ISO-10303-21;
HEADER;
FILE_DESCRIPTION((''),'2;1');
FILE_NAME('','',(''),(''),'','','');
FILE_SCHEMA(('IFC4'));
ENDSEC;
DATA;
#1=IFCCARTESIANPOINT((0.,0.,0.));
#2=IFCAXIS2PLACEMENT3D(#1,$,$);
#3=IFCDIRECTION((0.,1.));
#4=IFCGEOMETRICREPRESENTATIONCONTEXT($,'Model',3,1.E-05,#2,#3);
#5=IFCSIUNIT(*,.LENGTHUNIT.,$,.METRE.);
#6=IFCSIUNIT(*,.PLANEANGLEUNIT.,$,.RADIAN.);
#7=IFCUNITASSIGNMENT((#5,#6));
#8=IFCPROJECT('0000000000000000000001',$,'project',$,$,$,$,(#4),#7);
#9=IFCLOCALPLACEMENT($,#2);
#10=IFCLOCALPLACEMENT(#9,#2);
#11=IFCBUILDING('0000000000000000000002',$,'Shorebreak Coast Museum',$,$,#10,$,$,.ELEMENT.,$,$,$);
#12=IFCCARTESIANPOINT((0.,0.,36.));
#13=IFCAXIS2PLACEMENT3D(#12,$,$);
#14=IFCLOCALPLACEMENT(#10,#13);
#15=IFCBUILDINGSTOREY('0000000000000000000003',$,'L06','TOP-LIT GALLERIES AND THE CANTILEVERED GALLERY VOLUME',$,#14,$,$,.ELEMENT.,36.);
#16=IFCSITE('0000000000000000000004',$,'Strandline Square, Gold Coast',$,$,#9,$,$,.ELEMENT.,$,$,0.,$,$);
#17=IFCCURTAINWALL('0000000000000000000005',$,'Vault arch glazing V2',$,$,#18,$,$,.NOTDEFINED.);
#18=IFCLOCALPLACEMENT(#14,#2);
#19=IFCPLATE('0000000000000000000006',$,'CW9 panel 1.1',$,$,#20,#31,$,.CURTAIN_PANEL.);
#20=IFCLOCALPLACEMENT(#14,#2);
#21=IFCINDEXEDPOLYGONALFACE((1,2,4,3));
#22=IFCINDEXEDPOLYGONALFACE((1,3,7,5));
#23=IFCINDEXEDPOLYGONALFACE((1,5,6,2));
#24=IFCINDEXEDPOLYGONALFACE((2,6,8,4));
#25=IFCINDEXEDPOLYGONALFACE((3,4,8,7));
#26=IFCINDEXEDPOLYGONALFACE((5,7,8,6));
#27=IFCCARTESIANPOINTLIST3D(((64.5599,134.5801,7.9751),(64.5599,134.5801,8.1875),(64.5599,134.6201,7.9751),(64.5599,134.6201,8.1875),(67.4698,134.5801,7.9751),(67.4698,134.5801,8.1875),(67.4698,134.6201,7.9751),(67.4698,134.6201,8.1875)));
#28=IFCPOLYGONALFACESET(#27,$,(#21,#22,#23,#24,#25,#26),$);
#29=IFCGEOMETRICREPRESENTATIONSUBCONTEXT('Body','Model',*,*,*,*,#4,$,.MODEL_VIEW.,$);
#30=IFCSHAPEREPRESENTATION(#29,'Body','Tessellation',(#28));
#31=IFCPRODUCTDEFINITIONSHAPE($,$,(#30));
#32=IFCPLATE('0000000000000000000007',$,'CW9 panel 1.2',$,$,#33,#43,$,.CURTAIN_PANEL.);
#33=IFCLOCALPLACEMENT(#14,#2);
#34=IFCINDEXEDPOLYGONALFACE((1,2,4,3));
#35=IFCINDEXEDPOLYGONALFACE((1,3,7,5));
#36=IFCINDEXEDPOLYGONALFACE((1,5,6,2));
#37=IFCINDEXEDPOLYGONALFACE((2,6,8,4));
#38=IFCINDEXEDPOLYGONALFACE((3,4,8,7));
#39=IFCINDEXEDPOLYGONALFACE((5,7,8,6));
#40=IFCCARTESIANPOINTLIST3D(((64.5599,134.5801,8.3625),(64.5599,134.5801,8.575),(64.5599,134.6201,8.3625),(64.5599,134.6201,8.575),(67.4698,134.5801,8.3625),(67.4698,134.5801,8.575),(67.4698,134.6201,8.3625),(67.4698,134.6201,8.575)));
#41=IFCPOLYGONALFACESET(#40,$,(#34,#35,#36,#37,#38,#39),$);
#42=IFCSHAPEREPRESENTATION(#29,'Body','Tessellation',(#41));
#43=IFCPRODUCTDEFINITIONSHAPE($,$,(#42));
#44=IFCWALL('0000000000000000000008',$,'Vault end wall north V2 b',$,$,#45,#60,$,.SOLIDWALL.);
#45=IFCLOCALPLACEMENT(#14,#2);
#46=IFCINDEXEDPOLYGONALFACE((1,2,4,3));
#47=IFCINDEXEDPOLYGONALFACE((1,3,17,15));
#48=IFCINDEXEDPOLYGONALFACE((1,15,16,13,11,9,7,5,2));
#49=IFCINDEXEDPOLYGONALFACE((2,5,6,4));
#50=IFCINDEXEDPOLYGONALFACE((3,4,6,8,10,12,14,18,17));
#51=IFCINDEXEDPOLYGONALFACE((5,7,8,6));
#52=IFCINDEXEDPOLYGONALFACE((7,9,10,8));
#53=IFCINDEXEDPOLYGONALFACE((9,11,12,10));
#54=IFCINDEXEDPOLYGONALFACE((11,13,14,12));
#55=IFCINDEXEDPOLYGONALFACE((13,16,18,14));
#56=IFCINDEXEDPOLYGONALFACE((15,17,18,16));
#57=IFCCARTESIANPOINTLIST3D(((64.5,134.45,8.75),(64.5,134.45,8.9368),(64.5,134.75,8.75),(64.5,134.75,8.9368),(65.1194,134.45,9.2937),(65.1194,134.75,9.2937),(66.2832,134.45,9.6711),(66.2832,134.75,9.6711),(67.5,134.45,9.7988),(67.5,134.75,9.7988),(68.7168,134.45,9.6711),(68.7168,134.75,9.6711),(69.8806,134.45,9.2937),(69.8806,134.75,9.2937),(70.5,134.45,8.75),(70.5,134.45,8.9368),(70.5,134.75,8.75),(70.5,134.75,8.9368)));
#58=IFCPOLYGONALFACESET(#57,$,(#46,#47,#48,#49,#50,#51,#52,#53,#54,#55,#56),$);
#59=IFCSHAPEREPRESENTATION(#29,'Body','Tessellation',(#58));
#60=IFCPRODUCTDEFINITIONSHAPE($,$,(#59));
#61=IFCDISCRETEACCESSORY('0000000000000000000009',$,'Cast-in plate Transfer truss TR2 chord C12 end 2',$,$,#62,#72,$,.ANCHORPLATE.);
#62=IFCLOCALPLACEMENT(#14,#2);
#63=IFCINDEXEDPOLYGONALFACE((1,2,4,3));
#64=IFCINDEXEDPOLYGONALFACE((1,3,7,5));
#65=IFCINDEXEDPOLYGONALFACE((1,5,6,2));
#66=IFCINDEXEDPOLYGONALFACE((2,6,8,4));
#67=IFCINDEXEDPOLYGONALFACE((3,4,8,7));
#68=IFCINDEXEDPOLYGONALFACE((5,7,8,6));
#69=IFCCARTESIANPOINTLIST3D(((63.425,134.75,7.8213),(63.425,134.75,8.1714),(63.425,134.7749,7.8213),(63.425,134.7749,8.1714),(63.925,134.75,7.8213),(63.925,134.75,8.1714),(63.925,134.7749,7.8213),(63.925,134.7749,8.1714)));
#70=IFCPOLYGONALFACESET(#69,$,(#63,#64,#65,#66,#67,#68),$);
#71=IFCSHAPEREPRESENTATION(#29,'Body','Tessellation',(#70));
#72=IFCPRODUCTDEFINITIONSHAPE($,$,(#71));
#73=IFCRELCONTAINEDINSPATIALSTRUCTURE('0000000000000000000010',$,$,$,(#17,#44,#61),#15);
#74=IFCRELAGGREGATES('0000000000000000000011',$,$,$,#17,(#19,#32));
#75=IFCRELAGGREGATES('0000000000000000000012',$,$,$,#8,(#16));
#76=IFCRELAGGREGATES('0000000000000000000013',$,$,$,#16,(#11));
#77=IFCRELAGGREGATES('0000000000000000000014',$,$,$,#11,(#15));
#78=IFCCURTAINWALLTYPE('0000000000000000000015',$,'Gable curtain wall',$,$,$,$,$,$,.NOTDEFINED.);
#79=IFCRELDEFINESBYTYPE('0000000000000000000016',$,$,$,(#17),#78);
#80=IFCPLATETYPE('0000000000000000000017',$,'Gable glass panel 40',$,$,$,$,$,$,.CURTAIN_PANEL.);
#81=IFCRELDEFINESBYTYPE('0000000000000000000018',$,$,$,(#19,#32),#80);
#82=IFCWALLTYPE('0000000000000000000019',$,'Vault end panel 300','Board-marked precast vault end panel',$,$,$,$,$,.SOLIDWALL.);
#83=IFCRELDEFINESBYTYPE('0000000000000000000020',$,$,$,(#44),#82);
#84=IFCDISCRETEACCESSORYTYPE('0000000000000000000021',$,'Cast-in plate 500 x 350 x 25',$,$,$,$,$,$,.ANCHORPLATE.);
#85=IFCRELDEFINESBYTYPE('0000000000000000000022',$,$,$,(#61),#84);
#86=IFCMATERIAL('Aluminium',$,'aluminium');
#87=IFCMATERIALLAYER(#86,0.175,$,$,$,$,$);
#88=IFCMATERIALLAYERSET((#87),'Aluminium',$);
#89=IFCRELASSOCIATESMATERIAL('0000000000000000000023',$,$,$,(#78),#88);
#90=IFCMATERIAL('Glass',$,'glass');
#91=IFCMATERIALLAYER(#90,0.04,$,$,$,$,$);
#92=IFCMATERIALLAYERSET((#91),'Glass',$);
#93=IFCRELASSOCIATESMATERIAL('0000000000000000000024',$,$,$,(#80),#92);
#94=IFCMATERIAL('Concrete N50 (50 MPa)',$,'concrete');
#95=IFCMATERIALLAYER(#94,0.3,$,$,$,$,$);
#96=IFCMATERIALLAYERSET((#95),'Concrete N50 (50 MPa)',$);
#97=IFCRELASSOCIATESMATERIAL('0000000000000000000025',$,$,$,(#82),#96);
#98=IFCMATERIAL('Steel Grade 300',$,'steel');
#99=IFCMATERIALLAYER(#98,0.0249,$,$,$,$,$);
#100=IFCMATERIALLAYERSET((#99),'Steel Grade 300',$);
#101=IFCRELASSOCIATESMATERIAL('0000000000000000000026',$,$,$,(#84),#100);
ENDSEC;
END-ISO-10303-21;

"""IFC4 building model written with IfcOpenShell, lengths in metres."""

from ifc_helpers import new_model, si_unit, direction, frame, origin, origin_2d, place, context, subcontext, project, spatial, polyline, rectangle, outline, extrude, material, layer, layer_set, type_object, element, aggregate, save


model = new_model("IFC4")

# Units and contexts
model_context = context("Model", 3, precision=1e-05, world=origin(), true_north=direction((0.0, 1.0)))
body_context = subcontext(model_context, "Body", "Model", "MODEL_VIEW")
ifc_project = project(units=[si_unit("LENGTHUNIT", "METRE"), si_unit("PLANEANGLEUNIT", "RADIAN")], contexts=[model_context])

# Site, building, storey
site_placement = place(None, origin())
site = spatial("IfcSite", under=ifc_project, at=site_placement, Name="Strandline Square, Gold Coast", CompositionType="ELEMENT", RefElevation=0.0)
building_placement = place(site_placement, origin())
building = spatial("IfcBuilding", under=site, at=building_placement, Name="Shorebreak Coast Museum", CompositionType="ELEMENT")
storey_placement = place(building_placement, frame((0.0, 0.0, 36.0)))
storey = spatial("IfcBuildingStorey", under=building, at=storey_placement, Name="L06", Description="TOP-LIT GALLERIES AND THE CANTILEVERED GALLERY VOLUME", CompositionType="ELEMENT", Elevation=36.0)

# Curtain wall
ifc_material_1 = material(Name="Aluminium", Category="aluminium")
ifc_layer_1 = layer(ifc_material_1, 0.175)
ifc_layer_set_1 = layer_set([ifc_layer_1], Name="Aluminium")
curtain_wall_type_1 = type_object("IfcCurtainWallType", Name="Gable curtain wall", PredefinedType="NOTDEFINED", material=ifc_layer_set_1)
curtain_wall_1_placement = place(storey_placement, origin())
curtain_wall_1 = element("IfcCurtainWall", 1, at=curtain_wall_1_placement, inside=storey, type_object=curtain_wall_type_1, Name="Vault arch glazing V2", PredefinedType="NOTDEFINED")

# Plates
ifc_material_2 = material(Name="Glass", Category="glass")
ifc_layer_2 = layer(ifc_material_2, 0.04)
ifc_layer_set_2 = layer_set([ifc_layer_2], Name="Glass")
plate_type = type_object("IfcPlateType", Name="Gable glass panel 40", PredefinedType="CURTAIN_PANEL", material=ifc_layer_set_2)
plate_1_placement = place(storey_placement, frame((66.0149, 134.6001, 7.9751), z_axis=(0.0, 0.0, 1.0), x_axis=(1.0, 0.0, 0.0)))
plate_1 = element("IfcPlate", 2, at=plate_1_placement, type_object=plate_type, Name="CW9 panel 1.1", PredefinedType="CURTAIN_PANEL", context=body_context, shape_type="SweptSolid", body=[
    extrude(rectangle(XDim=2.9099, YDim=0.04, at=origin_2d()), origin(), (0.0, 0.0, 1.0), 0.2124),
])
plate_2_placement = place(storey_placement, frame((66.0149, 134.6001, 8.3625), z_axis=(0.0, 0.0, 1.0), x_axis=(1.0, 0.0, 0.0)))
plate_2 = element("IfcPlate", 3, at=plate_2_placement, type_object=plate_type, Name="CW9 panel 1.2", PredefinedType="CURTAIN_PANEL", context=body_context, shape_type="SweptSolid", body=[
    extrude(rectangle(XDim=2.9099, YDim=0.04, at=origin_2d()), origin(), (0.0, 0.0, 1.0), 0.2124),
])
aggregate(curtain_wall_1, [plate_1, plate_2])

# Wall
ifc_material_3 = material(Name="Concrete N50 (50 MPa)", Category="concrete")
ifc_layer_3 = layer(ifc_material_3, 0.3)
ifc_layer_set_3 = layer_set([ifc_layer_3], Name="Concrete N50 (50 MPa)")
wall_type = type_object("IfcWallType", Name="Vault end panel 300", Description="Board-marked precast vault end panel", PredefinedType="SOLIDWALL", material=ifc_layer_set_3)
wall_placement = place(storey_placement, frame((64.5, 134.6001, 8.75), z_axis=(0.0, 0.0, 1.0), x_axis=(1.0, 0.0, 0.0)))
element("IfcWall", 4, at=wall_placement, inside=storey, type_object=wall_type, Name="Vault end wall north V2 b", PredefinedType="SOLIDWALL", context=body_context, shape_type="SweptSolid", body=[
    extrude(outline(polyline([(0.0, 0.0), (6.0, 0.0), (6.0, 0.1868), (5.3806, 0.5437), (4.2168, 0.9211), (3.0, 1.0488), (1.7832, 0.9211), (0.6194, 0.5437), (0.0, 0.1868), (0.0, 0.0)])), frame((0.0, 0.1499, 0.0), z_axis=(0.0, -1.0, 0.0), x_axis=(1.0, 0.0, 0.0)), (0.0, 0.0, 1.0), 0.3),
])

# Discrete accessory
ifc_material_4 = material(Name="Steel Grade 300", Category="steel")
ifc_layer_4 = layer(ifc_material_4, 0.0249)
ifc_layer_set_4 = layer_set([ifc_layer_4], Name="Steel Grade 300")
discrete_accessory_type = type_object("IfcDiscreteAccessoryType", Name="Cast-in plate 500 x 350 x 25", PredefinedType="ANCHORPLATE", material=ifc_layer_set_4)
discrete_accessory_placement = place(storey_placement, frame((63.425, 134.75, 7.8213), z_axis=(0.0, -1.0, 0.0), x_axis=(1.0, 0.0, 0.0)))
element("IfcDiscreteAccessory", 5, at=discrete_accessory_placement, inside=storey, type_object=discrete_accessory_type, Name="Cast-in plate Transfer truss TR2 chord C12 end 2", PredefinedType="ANCHORPLATE", context=body_context, shape_type="SweptSolid", body=[
    extrude(outline(polyline([(0.0, 0.0), (0.5, 0.0), (0.5, 0.3501), (0.0, 0.3501), (0.0, 0.0)])), origin(), (0.0, 0.0, -1.0), 0.0249),
])

save(model, "model.ifc")
